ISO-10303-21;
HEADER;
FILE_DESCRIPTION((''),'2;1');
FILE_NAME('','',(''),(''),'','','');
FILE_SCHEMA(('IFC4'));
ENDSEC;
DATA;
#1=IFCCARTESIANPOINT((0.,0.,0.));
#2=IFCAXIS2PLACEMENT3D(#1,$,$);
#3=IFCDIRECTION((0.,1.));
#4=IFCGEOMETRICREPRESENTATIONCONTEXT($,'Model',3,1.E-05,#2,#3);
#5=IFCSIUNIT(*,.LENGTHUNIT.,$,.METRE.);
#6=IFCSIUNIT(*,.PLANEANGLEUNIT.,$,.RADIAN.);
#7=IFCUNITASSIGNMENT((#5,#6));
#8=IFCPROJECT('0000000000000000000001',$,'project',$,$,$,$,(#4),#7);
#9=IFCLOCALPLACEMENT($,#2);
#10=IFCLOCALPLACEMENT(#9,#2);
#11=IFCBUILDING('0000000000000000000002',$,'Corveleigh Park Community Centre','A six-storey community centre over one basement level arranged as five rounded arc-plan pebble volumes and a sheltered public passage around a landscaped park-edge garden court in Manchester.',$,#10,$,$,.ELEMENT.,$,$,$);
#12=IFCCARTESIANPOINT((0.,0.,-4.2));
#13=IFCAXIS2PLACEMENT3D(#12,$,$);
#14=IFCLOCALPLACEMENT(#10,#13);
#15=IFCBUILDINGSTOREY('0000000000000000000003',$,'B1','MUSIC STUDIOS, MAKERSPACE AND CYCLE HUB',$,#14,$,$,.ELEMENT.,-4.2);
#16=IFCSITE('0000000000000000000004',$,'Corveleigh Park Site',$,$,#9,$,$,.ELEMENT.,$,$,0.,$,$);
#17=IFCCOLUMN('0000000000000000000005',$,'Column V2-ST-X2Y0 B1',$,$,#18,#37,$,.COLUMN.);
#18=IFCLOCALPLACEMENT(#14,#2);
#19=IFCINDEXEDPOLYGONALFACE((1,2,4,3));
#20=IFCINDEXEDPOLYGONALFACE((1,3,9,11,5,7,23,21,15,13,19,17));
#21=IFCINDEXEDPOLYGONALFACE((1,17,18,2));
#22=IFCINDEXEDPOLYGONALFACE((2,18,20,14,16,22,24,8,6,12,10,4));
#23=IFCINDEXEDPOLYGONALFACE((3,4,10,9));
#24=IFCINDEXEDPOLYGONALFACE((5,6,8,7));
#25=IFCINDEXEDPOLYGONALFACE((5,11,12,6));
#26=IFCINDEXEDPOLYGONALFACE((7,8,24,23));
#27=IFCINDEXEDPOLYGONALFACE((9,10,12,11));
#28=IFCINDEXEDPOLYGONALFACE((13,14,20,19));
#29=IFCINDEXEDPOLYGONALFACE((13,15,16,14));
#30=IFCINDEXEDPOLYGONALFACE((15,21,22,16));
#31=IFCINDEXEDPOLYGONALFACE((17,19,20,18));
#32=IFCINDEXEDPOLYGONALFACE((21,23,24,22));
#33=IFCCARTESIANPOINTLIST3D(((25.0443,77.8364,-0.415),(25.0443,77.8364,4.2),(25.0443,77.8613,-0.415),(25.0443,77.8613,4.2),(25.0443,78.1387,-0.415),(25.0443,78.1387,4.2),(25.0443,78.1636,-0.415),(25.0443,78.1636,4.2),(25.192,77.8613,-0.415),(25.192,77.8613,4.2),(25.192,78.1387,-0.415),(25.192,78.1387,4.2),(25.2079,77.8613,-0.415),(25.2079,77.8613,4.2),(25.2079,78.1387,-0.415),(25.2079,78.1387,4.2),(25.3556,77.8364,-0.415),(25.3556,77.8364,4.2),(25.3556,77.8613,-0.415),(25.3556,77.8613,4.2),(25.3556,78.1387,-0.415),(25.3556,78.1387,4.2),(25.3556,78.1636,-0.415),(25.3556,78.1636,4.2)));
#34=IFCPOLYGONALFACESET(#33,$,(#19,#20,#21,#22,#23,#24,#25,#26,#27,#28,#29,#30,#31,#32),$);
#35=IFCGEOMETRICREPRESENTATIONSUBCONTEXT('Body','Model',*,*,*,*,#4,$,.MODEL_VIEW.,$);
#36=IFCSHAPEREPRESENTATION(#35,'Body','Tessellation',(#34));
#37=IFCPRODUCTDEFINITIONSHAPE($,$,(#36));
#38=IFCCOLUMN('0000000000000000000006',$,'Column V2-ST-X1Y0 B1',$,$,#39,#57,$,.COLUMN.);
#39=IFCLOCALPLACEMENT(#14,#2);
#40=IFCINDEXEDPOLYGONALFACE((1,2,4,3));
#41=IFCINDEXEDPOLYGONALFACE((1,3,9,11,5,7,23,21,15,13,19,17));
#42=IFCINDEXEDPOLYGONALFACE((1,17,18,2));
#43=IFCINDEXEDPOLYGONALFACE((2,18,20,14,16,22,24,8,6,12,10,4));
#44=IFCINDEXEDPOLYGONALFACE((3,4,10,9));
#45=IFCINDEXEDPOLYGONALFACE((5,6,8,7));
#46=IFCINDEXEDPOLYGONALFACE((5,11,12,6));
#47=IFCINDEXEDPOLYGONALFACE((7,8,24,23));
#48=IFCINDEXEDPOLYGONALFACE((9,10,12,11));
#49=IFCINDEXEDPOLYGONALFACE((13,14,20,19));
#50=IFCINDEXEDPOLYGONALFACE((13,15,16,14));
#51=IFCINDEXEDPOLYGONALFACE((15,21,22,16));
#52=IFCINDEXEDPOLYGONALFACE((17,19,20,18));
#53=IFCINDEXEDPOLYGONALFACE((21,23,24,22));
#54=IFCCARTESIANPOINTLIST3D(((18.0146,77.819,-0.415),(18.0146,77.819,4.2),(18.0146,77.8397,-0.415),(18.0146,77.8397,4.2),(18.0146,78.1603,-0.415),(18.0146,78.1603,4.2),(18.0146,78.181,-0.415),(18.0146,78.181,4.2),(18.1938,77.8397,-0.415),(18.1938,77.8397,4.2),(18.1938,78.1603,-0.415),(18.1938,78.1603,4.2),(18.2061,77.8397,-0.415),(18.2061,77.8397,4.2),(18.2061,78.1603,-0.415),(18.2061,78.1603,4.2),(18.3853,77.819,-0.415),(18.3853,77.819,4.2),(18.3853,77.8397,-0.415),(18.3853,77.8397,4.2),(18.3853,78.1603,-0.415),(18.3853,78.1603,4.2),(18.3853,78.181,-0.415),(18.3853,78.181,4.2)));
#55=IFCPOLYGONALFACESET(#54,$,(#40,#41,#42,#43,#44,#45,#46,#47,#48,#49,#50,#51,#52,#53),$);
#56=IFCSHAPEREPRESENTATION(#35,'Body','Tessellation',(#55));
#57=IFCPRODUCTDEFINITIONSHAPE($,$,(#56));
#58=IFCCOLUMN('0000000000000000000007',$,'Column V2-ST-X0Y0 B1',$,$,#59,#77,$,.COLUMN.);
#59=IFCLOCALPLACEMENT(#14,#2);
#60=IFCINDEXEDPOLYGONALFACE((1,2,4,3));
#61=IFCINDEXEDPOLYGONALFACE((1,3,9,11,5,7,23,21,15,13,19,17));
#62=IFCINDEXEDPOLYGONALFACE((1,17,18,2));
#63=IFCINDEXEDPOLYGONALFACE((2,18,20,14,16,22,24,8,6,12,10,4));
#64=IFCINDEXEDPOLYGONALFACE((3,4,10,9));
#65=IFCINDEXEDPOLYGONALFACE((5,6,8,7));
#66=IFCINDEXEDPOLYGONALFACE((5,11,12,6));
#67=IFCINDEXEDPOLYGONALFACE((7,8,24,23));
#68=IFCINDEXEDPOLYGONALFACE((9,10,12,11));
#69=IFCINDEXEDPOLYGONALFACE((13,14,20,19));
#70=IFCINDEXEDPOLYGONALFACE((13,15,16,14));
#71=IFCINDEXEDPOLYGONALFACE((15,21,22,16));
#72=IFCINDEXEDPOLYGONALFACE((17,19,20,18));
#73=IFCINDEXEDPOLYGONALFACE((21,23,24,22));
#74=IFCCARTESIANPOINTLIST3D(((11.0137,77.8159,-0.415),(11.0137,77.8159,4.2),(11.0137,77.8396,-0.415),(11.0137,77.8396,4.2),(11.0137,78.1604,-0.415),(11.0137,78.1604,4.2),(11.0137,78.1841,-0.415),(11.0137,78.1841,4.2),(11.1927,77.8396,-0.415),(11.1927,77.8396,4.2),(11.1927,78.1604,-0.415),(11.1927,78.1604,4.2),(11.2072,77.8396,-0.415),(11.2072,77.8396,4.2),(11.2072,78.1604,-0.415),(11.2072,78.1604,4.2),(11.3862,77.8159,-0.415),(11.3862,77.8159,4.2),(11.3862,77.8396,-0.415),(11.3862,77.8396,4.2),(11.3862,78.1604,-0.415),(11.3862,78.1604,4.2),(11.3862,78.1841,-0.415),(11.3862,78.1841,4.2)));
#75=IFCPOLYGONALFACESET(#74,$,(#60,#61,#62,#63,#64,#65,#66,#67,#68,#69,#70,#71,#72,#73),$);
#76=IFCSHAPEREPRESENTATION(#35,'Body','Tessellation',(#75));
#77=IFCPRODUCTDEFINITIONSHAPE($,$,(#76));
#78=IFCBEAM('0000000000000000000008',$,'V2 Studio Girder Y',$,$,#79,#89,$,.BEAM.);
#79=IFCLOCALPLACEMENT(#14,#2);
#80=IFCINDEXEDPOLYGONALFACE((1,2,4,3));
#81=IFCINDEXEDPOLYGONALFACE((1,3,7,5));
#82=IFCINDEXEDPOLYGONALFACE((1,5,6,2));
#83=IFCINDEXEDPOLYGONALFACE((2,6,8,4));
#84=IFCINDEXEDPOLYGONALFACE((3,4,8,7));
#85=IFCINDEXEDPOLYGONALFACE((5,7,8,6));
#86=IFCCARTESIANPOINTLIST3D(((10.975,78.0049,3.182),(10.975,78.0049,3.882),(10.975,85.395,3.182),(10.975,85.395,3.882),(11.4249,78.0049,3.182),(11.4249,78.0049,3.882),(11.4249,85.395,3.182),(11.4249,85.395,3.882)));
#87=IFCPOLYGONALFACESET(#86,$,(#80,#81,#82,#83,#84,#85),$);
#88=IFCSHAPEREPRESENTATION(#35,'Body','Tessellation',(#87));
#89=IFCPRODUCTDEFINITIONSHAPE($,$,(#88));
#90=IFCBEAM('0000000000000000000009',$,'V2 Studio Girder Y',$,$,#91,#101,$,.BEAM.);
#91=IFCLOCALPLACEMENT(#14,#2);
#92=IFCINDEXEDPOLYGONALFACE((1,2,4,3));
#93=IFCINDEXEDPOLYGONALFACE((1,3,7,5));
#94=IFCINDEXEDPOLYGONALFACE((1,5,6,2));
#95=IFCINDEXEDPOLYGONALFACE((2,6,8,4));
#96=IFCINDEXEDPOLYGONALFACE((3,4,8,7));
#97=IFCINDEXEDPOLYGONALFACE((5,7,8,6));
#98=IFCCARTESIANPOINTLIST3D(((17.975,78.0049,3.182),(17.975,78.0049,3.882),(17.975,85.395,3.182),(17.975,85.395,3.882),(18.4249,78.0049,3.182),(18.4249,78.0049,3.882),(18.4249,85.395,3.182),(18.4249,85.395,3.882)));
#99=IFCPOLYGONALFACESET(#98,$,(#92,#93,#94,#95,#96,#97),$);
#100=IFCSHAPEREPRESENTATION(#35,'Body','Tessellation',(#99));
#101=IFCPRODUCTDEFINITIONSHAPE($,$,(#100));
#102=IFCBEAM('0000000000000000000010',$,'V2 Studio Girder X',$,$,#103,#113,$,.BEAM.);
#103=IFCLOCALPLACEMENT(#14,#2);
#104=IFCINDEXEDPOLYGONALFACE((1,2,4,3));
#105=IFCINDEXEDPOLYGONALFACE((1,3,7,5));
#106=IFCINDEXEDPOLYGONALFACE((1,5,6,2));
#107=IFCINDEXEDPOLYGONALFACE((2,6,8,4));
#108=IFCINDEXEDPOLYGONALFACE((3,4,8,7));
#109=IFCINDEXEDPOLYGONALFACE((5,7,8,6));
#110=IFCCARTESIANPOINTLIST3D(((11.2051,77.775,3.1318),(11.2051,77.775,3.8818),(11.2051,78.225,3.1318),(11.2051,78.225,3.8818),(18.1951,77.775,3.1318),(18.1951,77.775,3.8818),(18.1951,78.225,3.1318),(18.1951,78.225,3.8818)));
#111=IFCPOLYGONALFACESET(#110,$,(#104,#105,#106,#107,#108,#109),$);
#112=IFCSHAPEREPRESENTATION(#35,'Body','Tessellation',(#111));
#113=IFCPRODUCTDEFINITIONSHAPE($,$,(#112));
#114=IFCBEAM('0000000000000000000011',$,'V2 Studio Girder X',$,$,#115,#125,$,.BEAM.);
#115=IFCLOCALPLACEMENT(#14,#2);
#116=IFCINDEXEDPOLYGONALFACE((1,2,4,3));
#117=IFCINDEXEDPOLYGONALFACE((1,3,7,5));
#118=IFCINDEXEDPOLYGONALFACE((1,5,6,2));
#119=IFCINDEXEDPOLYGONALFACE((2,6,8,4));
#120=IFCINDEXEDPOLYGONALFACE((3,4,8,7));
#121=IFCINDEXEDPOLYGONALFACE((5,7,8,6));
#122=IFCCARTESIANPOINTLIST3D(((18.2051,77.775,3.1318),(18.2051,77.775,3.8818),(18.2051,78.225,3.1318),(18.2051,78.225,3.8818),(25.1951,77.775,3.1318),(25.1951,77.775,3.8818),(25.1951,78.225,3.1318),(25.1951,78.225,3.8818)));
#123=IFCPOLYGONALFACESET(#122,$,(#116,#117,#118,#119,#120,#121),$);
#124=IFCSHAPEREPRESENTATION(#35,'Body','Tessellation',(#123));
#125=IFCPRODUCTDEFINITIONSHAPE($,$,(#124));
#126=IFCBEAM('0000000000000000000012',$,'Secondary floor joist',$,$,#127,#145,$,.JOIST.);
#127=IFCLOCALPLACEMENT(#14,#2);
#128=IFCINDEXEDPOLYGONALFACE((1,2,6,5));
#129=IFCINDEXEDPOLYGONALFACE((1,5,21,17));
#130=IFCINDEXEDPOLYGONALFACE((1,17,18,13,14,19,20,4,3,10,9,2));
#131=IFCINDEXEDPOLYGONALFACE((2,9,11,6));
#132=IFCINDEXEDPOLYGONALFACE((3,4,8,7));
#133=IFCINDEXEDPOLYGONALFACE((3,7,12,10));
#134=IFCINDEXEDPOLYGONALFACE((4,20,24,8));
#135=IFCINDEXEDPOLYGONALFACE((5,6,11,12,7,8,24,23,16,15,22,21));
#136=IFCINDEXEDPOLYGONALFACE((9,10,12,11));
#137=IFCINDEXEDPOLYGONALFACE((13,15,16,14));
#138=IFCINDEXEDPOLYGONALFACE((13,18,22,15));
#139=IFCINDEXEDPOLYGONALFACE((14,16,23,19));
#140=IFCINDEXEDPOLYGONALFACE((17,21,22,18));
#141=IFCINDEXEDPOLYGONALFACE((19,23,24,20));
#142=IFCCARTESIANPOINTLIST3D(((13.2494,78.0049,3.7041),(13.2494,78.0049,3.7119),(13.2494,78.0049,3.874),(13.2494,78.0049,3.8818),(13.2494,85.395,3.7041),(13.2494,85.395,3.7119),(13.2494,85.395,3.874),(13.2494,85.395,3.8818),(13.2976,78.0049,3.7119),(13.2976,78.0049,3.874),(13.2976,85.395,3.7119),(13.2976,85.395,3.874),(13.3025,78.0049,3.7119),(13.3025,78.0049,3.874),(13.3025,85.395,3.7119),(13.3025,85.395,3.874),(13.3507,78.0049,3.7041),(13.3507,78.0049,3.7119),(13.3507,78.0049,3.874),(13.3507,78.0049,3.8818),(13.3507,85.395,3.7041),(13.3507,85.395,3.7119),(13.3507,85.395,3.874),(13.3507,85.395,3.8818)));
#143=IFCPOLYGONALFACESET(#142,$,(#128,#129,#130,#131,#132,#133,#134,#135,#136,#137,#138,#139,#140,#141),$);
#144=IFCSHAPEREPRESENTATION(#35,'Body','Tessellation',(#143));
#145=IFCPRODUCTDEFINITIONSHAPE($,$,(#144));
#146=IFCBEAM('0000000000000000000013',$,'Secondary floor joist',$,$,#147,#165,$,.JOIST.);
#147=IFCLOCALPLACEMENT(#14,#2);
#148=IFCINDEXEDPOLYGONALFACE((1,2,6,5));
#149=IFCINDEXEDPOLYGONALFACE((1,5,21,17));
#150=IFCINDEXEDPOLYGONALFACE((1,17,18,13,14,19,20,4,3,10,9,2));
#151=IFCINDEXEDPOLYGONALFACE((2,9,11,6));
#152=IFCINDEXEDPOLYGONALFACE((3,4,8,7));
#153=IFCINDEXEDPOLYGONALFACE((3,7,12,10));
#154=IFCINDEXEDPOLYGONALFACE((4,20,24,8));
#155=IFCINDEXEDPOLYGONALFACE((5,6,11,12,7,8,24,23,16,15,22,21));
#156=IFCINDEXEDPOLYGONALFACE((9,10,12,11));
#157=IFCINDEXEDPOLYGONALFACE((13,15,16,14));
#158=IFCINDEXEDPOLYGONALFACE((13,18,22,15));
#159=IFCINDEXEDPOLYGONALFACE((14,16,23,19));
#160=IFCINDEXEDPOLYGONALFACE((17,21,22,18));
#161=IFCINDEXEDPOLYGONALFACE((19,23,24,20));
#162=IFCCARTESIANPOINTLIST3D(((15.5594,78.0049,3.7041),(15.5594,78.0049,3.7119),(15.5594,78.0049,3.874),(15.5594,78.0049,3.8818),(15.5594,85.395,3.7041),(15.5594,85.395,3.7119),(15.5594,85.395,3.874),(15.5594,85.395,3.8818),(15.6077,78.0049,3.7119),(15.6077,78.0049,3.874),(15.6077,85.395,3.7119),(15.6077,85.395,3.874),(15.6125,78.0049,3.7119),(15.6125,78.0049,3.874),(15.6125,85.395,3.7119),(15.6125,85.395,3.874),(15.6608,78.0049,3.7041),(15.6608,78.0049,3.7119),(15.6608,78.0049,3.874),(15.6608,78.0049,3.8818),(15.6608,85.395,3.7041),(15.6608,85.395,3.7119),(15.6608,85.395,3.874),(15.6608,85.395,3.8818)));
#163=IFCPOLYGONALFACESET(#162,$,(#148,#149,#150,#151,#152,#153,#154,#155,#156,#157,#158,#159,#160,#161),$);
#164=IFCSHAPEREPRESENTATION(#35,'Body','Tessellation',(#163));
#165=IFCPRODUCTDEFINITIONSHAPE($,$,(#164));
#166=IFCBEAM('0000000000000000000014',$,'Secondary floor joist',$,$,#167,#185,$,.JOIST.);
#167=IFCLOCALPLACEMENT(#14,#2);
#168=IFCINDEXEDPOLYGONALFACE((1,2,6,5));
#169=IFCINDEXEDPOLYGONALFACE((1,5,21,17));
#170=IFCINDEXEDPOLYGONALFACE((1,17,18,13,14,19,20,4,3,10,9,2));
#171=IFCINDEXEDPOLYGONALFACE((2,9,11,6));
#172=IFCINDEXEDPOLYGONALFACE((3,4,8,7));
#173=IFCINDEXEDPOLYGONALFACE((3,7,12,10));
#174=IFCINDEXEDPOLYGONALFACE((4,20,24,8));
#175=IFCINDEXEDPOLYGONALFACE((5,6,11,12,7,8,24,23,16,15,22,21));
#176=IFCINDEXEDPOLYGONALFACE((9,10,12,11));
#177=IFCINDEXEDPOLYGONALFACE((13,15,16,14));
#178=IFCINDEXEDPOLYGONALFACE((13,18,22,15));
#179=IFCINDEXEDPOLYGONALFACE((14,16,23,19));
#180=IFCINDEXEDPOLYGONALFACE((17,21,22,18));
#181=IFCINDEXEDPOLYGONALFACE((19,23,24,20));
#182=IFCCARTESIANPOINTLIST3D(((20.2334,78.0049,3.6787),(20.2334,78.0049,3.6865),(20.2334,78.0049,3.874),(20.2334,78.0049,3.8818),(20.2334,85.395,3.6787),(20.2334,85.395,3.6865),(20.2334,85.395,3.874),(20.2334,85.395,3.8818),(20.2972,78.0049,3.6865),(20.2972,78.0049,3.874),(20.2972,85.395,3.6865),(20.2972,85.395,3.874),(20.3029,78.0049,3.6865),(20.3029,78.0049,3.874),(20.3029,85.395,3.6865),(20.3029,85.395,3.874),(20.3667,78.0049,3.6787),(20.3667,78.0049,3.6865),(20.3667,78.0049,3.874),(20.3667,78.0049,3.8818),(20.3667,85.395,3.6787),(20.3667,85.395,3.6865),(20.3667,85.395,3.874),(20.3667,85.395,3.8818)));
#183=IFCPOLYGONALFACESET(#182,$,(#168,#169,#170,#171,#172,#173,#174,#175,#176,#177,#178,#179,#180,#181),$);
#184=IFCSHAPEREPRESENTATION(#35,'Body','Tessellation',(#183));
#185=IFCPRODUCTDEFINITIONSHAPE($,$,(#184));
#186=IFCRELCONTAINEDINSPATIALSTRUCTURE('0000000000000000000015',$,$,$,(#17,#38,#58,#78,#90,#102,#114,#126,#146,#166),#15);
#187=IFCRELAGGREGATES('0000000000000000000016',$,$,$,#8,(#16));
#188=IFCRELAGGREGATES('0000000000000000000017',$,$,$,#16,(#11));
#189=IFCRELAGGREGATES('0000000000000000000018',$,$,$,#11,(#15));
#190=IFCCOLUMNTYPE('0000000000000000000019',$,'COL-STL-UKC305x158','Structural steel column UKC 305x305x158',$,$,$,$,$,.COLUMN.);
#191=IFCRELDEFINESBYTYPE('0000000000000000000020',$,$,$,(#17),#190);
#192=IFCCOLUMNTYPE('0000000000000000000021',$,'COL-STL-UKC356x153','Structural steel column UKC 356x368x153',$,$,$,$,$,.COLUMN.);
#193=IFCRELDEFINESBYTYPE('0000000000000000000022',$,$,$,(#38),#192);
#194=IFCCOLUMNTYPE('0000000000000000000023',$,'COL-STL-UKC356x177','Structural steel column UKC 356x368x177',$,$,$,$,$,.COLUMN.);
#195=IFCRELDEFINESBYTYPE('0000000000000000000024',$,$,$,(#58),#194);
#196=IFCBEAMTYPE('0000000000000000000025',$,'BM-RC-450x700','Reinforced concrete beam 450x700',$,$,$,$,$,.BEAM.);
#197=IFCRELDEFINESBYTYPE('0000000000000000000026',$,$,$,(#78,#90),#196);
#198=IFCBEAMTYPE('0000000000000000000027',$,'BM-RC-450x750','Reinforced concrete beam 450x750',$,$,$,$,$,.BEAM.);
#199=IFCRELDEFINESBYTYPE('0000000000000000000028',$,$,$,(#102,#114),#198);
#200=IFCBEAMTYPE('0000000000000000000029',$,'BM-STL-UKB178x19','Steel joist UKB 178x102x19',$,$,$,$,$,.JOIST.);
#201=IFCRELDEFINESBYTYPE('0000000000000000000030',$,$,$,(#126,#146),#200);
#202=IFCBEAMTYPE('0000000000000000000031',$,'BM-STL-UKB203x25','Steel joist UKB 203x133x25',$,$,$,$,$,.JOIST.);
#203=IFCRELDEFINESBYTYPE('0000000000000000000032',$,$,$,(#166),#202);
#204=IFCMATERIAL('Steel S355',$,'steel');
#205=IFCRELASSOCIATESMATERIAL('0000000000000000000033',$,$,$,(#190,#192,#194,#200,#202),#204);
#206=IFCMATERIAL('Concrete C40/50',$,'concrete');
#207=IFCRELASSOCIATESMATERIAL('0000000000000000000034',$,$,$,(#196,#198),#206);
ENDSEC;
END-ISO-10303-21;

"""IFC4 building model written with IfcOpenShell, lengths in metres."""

from ifc_helpers import new_model, si_unit, direction, frame, origin, origin_2d, place, context, subcontext, project, spatial, rectangle, i_section, extrude, material, material_profile, profile_set, type_object, element, save


model = new_model("IFC4")

# Units and contexts
model_context = context("Model", 3, precision=1e-05, world=origin(), true_north=direction((0.0, 1.0)))
body_context = subcontext(model_context, "Body", "Model", "MODEL_VIEW")
ifc_project = project(units=[si_unit("LENGTHUNIT", "METRE"), si_unit("PLANEANGLEUNIT", "RADIAN")], contexts=[model_context])

# Site, building, storey
site_placement = place(None, origin())
site = spatial("IfcSite", under=ifc_project, at=site_placement, Name="Corveleigh Park Site", CompositionType="ELEMENT", RefElevation=0.0)
building_placement = place(site_placement, origin())
building = spatial("IfcBuilding", under=site, at=building_placement, Name="Corveleigh Park Community Centre", Description="A six-storey community centre over one basement level arranged as five rounded arc-plan pebble volumes and a sheltered public passage around a landscaped park-edge garden court in Manchester.", CompositionType="ELEMENT")
storey_placement = place(building_placement, frame((0.0, 0.0, -4.2)))
storey = spatial("IfcBuildingStorey", under=building, at=storey_placement, Name="B1", Description="MUSIC STUDIOS, MAKERSPACE AND CYCLE HUB", CompositionType="ELEMENT", Elevation=-4.2)

# Shared definitions
ifc_material_1 = material(Name="Concrete C40/50", Category="concrete")

# Columns
ifc_material_2 = material(Name="Steel S355", Category="steel")
ifc_material_profile_1 = material_profile(ifc_material_2, i_section(OverallWidth=0.3113, OverallDepth=0.3271, WebThickness=0.0159, FlangeThickness=0.0249, at=origin_2d()), Name="UKC 305x305x158", Category="steel")
ifc_profile_set_1 = profile_set([ifc_material_profile_1], Name="Steel S355")
column_type_1 = type_object("IfcColumnType", Name="COL-STL-UKC305x158", Description="Structural steel column UKC 305x305x158", PredefinedType="COLUMN", material=ifc_profile_set_1)
column_1_placement = place(storey_placement, frame((25.2, 78.0, -0.415), z_axis=(0.0, 0.0, 1.0), x_axis=(1.0, 0.0, 0.0)))
element("IfcColumn", 1, at=column_1_placement, inside=storey, type_object=column_type_1, Name="Column V2-ST-X2Y0 B1", PredefinedType="COLUMN", context=body_context, shape_type="SweptSolid", body=[
    extrude(i_section(OverallWidth=0.3113, OverallDepth=0.3271, WebThickness=0.0159, FlangeThickness=0.0249, at=origin_2d()), origin(), (0.0, 0.0, 1.0), 4.615),
])
ifc_material_profile_2 = material_profile(ifc_material_2, i_section(OverallWidth=0.3706, OverallDepth=0.3621, WebThickness=0.0122, FlangeThickness=0.0208, at=origin_2d()), Name="UKC 356x368x153", Category="steel")
ifc_profile_set_2 = profile_set([ifc_material_profile_2], Name="Steel S355")
column_type_2 = type_object("IfcColumnType", Name="COL-STL-UKC356x153", Description="Structural steel column UKC 356x368x153", PredefinedType="COLUMN", material=ifc_profile_set_2)
column_2_placement = place(storey_placement, frame((18.2, 78.0, -0.415), z_axis=(0.0, 0.0, 1.0), x_axis=(1.0, 0.0, 0.0)))
element("IfcColumn", 2, at=column_2_placement, inside=storey, type_object=column_type_2, Name="Column V2-ST-X1Y0 B1", PredefinedType="COLUMN", context=body_context, shape_type="SweptSolid", body=[
    extrude(i_section(OverallWidth=0.3706, OverallDepth=0.3621, WebThickness=0.0122, FlangeThickness=0.0208, at=origin_2d()), origin(), (0.0, 0.0, 1.0), 4.615),
])
ifc_material_profile_3 = material_profile(ifc_material_2, i_section(OverallWidth=0.3726, OverallDepth=0.3682, WebThickness=0.0144, FlangeThickness=0.0237, at=origin_2d()), Name="UKC 356x368x177", Category="steel")
ifc_profile_set_3 = profile_set([ifc_material_profile_3], Name="Steel S355")
column_type_3 = type_object("IfcColumnType", Name="COL-STL-UKC356x177", Description="Structural steel column UKC 356x368x177", PredefinedType="COLUMN", material=ifc_profile_set_3)
column_3_placement = place(storey_placement, frame((11.2, 78.0, -0.415), z_axis=(0.0, 0.0, 1.0), x_axis=(1.0, 0.0, 0.0)))
element("IfcColumn", 3, at=column_3_placement, inside=storey, type_object=column_type_3, Name="Column V2-ST-X0Y0 B1", PredefinedType="COLUMN", context=body_context, shape_type="SweptSolid", body=[
    extrude(i_section(OverallWidth=0.3726, OverallDepth=0.3682, WebThickness=0.0144, FlangeThickness=0.0237, at=origin_2d()), origin(), (0.0, 0.0, 1.0), 4.615),
])

# Beams
ifc_material_profile_4 = material_profile(ifc_material_1, rectangle(XDim=0.45, YDim=0.7, at=origin_2d()), Name="RC-450x700", Category="concrete")
ifc_profile_set_4 = profile_set([ifc_material_profile_4], Name="Concrete C40/50")
beam_type_1 = type_object("IfcBeamType", Name="BM-RC-450x700", Description="Reinforced concrete beam 450x700", PredefinedType="BEAM", material=ifc_profile_set_4)
for number, where, z_axis, x_axis, name in (
    (4, (11.2, 78.0049, 3.532), (0.0, 1.0, 0.0), (-1.0, 0.0, 0.0), "V2 Studio Girder Y"),
    (5, (18.2, 78.0049, 3.532), (0.0, 1.0, 0.0), (-1.0, 0.0, 0.0), "V2 Studio Girder Y"),
):
    element("IfcBeam", number, at=place(storey_placement, frame(where, z_axis=z_axis, x_axis=x_axis)), inside=storey, type_object=beam_type_1, Name=name, PredefinedType="BEAM", context=body_context, shape_type="SweptSolid", body=[
        extrude(rectangle(XDim=0.45, YDim=0.7, at=origin_2d()), origin(), (0.0, 0.0, 1.0), 7.3901),
    ])
ifc_material_profile_5 = material_profile(ifc_material_1, rectangle(XDim=0.45, YDim=0.75, at=origin_2d()), Name="RC-450x750", Category="concrete")
ifc_profile_set_5 = profile_set([ifc_material_profile_5], Name="Concrete C40/50")
beam_type_2 = type_object("IfcBeamType", Name="BM-RC-450x750", Description="Reinforced concrete beam 450x750", PredefinedType="BEAM", material=ifc_profile_set_5)
for number, where, z_axis, x_axis, name in (
    (6, (11.2051, 78.0, 3.5068), (1.0, 0.0, 0.0), (0.0, 1.0, 0.0), "V2 Studio Girder X"),
    (7, (18.2051, 78.0, 3.5068), (1.0, 0.0, 0.0), (0.0, 1.0, 0.0), "V2 Studio Girder X"),
):
    element("IfcBeam", number, at=place(storey_placement, frame(where, z_axis=z_axis, x_axis=x_axis)), inside=storey, type_object=beam_type_2, Name=name, PredefinedType="BEAM", context=body_context, shape_type="SweptSolid", body=[
        extrude(rectangle(XDim=0.45, YDim=0.75, at=origin_2d()), origin(), (0.0, 0.0, 1.0), 6.99),
    ])
ifc_material_profile_6 = material_profile(ifc_material_2, i_section(OverallWidth=0.1013, OverallDepth=0.1777, WebThickness=0.0049, FlangeThickness=0.0078, at=origin_2d()), Name="UKB 178x102x19", Category="steel")
ifc_profile_set_6 = profile_set([ifc_material_profile_6], Name="Steel S355")
beam_type_3 = type_object("IfcBeamType", Name="BM-STL-UKB178x19", Description="Steel joist UKB 178x102x19", PredefinedType="JOIST", material=ifc_profile_set_6)
for number, where, z_axis, x_axis, name in (
    (8, (13.3, 78.0049, 3.793), (0.0, 1.0, 0.0), (-1.0, 0.0, 0.0), "Secondary floor joist"),
    (9, (15.6101, 78.0049, 3.793), (0.0, 1.0, 0.0), (-1.0, 0.0, 0.0), "Secondary floor joist"),
):
    element("IfcBeam", number, at=place(storey_placement, frame(where, z_axis=z_axis, x_axis=x_axis)), inside=storey, type_object=beam_type_3, Name=name, PredefinedType="JOIST", context=body_context, shape_type="SweptSolid", body=[
        extrude(i_section(OverallWidth=0.1013, OverallDepth=0.1777, WebThickness=0.0049, FlangeThickness=0.0078, at=origin_2d()), origin(), (0.0, 0.0, 1.0), 7.3901),
    ])
ifc_material_profile_7 = material_profile(ifc_material_2, i_section(OverallWidth=0.1333, OverallDepth=0.2031, WebThickness=0.0056, FlangeThickness=0.0078, at=origin_2d()), Name="UKB 203x133x25", Category="steel")
ifc_profile_set_7 = profile_set([ifc_material_profile_7], Name="Steel S355")
beam_type_4 = type_object("IfcBeamType", Name="BM-STL-UKB203x25", Description="Steel joist UKB 203x133x25", PredefinedType="JOIST", material=ifc_profile_set_7)
for number, where, z_axis, x_axis, name in (
    (10, (20.3, 78.0049, 3.7803), (0.0, 1.0, 0.0), (-1.0, 0.0, 0.0), "Secondary floor joist"),
):
    element("IfcBeam", number, at=place(storey_placement, frame(where, z_axis=z_axis, x_axis=x_axis)), inside=storey, type_object=beam_type_4, Name=name, PredefinedType="JOIST", context=body_context, shape_type="SweptSolid", body=[
        extrude(i_section(OverallWidth=0.1333, OverallDepth=0.2031, WebThickness=0.0056, FlangeThickness=0.0078, at=origin_2d()), origin(), (0.0, 0.0, 1.0), 7.3901),
    ])

save(model, "model.ifc")
